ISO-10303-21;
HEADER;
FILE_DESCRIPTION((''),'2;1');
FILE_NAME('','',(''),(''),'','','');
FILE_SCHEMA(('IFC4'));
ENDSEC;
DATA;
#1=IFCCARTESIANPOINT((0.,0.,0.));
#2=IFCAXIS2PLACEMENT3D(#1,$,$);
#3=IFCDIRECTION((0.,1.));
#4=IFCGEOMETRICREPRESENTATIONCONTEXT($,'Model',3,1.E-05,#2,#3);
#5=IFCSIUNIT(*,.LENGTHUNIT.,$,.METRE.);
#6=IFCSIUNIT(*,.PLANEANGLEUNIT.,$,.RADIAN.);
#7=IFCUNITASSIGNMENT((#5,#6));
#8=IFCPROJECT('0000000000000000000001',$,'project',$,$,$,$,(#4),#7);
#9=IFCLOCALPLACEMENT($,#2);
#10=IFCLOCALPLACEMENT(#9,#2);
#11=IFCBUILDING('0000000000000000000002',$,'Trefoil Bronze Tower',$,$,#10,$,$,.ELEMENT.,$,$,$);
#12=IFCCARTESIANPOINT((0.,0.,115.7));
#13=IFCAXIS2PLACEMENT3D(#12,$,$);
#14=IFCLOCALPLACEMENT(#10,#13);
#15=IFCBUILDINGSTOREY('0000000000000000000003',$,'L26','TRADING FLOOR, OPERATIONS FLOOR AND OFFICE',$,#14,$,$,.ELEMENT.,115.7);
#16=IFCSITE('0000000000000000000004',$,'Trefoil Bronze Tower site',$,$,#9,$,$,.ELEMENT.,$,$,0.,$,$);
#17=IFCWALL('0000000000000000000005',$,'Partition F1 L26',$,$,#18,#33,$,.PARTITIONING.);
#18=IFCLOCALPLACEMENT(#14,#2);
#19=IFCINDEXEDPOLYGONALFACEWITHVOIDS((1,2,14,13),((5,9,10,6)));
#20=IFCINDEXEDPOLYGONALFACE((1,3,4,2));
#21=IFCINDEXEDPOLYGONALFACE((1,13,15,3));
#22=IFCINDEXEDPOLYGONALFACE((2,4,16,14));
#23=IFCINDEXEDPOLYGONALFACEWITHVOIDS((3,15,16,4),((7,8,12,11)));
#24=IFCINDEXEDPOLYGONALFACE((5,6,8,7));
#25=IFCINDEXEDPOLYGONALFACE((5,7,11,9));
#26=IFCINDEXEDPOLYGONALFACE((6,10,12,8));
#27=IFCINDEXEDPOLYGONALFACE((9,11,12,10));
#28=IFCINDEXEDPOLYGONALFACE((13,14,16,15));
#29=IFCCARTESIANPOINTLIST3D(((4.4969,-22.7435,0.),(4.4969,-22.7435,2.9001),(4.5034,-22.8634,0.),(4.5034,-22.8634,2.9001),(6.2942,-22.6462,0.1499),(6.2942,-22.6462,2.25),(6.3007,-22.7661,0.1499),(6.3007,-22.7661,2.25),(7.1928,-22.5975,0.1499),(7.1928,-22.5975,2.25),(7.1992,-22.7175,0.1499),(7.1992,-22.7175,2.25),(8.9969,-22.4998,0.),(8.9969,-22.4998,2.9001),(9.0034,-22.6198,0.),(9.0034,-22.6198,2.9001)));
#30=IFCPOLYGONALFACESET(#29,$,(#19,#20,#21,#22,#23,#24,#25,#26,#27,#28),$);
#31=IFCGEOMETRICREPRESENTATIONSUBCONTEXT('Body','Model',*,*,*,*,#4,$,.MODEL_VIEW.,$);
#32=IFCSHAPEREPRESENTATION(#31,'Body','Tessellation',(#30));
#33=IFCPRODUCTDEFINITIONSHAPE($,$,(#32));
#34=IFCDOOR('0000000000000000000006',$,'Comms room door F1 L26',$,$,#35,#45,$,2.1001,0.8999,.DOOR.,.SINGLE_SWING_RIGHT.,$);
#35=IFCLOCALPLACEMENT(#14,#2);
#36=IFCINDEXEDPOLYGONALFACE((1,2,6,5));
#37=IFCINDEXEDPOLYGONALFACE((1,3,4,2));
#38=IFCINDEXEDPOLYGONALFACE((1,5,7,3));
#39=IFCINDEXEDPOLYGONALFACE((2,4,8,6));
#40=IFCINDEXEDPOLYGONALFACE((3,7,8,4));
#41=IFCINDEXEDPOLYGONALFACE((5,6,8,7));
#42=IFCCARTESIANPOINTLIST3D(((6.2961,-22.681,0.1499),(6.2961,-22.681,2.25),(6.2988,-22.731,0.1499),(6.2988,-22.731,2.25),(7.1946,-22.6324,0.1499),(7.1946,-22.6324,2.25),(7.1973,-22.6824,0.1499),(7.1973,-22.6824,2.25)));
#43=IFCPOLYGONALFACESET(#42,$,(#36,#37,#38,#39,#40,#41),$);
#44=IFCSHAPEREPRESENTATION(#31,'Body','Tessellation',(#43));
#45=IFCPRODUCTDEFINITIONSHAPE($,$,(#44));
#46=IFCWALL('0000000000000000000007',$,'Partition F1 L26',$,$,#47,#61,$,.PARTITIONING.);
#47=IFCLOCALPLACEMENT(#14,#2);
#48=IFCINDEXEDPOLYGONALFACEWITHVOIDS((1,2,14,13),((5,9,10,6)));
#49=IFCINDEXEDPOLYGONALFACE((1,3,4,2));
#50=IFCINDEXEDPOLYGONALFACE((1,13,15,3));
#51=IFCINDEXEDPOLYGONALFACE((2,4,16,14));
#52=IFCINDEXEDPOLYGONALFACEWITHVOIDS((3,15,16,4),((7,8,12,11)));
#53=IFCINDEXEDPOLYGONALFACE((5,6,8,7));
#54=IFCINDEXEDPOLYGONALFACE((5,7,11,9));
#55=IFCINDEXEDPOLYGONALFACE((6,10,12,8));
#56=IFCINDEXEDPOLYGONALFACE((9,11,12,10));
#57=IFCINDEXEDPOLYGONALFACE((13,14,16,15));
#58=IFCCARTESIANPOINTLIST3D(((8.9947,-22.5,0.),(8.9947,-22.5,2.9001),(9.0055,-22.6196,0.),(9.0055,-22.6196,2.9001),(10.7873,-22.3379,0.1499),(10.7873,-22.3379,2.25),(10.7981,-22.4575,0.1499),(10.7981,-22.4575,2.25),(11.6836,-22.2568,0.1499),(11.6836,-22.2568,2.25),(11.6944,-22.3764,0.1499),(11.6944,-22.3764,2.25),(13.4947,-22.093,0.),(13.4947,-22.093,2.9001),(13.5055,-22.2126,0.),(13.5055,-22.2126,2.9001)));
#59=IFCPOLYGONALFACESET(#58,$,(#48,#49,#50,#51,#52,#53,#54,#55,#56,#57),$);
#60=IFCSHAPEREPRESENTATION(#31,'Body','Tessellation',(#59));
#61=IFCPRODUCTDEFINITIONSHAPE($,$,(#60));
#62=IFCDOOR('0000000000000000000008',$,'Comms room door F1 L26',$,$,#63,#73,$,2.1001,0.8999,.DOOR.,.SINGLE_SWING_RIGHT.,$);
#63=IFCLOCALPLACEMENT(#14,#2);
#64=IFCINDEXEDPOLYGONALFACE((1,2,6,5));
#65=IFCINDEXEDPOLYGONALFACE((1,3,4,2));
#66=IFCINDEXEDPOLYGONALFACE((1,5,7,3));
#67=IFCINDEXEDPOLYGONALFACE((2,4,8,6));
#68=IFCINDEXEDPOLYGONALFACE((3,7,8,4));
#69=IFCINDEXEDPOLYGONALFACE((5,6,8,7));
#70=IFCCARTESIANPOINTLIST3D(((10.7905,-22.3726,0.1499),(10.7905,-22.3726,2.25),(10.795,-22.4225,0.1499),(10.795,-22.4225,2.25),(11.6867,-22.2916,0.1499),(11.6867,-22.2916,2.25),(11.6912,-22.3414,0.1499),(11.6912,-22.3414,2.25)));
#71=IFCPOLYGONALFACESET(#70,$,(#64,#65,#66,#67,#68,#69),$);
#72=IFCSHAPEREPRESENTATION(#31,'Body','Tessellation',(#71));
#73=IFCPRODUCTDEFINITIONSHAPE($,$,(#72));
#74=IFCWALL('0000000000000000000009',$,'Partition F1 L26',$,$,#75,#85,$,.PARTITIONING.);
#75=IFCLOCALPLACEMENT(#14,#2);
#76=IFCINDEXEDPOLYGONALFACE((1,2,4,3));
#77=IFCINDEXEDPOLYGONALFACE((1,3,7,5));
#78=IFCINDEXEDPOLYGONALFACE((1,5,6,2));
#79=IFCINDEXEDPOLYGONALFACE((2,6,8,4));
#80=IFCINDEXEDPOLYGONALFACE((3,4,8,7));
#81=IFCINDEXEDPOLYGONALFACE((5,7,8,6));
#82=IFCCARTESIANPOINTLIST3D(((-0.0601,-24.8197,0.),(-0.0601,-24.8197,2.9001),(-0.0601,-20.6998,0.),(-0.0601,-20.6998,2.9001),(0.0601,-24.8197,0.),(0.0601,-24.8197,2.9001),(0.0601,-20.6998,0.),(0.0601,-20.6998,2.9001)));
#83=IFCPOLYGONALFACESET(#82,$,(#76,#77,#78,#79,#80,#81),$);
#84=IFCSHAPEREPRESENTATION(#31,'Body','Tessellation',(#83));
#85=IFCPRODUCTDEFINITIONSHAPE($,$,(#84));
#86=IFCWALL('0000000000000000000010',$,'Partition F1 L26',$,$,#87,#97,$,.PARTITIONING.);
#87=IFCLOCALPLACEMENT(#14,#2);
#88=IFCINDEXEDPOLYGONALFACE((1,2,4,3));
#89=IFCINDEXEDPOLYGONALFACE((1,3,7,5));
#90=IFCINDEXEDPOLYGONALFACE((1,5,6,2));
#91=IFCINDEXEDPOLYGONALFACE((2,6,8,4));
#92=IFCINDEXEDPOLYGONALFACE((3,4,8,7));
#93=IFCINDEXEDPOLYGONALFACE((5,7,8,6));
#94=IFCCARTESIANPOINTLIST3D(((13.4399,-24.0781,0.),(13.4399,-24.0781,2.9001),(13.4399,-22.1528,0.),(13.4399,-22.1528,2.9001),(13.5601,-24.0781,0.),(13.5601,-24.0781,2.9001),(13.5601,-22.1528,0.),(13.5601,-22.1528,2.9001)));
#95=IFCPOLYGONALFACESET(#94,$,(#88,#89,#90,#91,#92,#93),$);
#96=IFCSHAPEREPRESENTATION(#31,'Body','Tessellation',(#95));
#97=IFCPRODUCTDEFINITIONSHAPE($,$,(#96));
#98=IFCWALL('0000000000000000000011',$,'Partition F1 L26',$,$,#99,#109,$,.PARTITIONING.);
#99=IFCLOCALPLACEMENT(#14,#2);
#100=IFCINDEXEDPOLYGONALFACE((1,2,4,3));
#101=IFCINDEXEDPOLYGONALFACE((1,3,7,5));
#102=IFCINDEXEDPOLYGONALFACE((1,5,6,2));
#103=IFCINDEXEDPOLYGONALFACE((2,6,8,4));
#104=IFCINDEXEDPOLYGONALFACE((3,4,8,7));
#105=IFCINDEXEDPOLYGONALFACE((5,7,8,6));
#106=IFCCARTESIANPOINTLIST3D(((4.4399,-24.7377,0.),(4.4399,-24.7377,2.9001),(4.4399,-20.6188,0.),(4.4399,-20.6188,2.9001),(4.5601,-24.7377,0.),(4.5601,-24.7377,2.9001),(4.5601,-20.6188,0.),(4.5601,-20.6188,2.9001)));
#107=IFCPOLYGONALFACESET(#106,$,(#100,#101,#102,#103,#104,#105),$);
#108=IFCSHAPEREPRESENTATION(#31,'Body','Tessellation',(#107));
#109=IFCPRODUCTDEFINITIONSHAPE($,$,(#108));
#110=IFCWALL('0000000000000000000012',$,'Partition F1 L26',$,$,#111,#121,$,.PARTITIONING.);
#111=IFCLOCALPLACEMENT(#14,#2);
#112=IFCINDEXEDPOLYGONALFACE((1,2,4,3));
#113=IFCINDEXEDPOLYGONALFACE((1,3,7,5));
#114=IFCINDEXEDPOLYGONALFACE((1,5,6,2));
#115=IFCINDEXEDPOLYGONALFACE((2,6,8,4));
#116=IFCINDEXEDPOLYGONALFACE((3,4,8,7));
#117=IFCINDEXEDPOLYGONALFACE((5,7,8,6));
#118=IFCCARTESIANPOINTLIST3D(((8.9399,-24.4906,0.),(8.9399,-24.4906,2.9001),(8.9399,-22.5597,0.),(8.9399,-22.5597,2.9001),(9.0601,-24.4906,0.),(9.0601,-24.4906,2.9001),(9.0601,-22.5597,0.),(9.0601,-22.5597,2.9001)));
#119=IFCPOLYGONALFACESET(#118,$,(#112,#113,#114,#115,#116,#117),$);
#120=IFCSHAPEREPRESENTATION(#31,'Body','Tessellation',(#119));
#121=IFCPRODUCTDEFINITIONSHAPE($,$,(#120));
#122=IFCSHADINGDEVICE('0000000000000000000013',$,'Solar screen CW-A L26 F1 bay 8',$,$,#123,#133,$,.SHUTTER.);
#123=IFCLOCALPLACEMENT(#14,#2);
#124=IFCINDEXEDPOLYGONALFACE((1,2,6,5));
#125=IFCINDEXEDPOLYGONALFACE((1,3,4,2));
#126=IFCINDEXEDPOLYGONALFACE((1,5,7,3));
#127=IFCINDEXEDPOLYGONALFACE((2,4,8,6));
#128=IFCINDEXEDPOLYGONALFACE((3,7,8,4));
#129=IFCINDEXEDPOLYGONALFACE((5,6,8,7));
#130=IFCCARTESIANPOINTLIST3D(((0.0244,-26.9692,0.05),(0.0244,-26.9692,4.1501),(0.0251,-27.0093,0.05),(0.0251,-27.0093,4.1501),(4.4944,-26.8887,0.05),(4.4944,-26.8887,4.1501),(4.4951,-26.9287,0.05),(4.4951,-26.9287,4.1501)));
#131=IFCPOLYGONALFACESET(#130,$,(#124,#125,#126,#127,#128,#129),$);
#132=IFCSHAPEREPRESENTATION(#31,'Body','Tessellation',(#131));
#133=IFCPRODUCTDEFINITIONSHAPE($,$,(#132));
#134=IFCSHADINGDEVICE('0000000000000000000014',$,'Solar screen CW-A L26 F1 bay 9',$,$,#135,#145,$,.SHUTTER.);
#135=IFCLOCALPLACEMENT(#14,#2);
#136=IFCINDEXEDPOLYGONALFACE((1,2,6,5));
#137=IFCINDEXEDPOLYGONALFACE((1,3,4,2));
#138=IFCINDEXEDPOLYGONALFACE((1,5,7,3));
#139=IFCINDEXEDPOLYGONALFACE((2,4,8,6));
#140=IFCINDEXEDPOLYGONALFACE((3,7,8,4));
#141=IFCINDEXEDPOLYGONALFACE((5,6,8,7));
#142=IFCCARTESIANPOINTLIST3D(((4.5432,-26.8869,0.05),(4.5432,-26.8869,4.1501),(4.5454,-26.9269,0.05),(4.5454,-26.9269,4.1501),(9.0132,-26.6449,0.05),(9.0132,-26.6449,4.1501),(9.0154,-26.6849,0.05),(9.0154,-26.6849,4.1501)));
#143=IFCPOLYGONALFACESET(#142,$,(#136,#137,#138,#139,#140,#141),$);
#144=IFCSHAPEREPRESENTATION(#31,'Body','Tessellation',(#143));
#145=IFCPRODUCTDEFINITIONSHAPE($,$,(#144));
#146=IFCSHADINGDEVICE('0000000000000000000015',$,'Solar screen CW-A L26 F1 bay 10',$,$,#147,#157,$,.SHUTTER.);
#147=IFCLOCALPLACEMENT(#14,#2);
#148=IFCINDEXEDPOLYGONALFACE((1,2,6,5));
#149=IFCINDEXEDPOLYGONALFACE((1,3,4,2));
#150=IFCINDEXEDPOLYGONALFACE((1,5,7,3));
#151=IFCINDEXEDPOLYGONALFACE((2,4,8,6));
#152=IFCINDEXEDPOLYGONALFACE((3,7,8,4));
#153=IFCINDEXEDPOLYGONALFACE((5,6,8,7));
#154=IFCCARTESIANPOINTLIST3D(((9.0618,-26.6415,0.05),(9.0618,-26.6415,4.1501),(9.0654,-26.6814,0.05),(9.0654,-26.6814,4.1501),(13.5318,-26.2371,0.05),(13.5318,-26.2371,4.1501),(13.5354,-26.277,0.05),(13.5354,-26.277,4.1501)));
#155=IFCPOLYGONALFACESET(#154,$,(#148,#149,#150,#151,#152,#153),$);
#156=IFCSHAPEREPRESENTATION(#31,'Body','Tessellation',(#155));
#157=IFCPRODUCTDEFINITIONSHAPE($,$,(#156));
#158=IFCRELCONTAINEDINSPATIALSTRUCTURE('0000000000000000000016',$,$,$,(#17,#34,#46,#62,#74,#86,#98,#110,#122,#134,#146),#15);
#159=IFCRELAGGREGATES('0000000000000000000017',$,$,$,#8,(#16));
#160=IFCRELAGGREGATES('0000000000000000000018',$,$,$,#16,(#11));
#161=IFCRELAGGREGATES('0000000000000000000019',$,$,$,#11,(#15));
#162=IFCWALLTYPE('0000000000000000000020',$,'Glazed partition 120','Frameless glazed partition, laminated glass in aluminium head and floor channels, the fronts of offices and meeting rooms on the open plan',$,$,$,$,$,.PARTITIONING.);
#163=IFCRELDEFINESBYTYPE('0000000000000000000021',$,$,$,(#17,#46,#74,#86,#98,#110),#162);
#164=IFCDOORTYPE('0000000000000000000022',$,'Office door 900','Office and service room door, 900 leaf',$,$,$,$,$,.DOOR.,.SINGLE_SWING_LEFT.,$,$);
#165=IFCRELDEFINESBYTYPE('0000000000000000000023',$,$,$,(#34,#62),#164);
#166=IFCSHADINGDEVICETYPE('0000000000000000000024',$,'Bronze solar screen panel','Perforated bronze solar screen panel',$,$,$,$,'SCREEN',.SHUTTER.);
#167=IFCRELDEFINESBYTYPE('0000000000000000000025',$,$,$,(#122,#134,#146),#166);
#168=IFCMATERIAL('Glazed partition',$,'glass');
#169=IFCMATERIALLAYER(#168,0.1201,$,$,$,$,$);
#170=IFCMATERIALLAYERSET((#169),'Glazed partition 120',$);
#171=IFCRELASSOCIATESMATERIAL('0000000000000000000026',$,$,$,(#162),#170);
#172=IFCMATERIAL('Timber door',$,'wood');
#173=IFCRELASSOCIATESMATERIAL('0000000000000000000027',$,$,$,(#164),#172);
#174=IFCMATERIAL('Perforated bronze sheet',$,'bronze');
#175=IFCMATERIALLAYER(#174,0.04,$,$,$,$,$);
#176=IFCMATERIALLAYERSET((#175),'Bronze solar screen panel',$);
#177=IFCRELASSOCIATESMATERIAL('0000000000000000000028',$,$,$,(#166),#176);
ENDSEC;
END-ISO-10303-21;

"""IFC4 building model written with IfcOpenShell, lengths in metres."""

from ifc_helpers import new_model, si_unit, direction, frame, frame_2d, origin, origin_2d, place, context, subcontext, project, spatial, rectangle, extrude, material, layer, layer_set, type_object, element, fill, save


model = new_model("IFC4")

# Units and contexts
model_context = context("Model", 3, precision=1e-05, world=origin(), true_north=direction((0.0, 1.0)))
body_context = subcontext(model_context, "Body", "Model", "MODEL_VIEW")
ifc_project = project(units=[si_unit("LENGTHUNIT", "METRE"), si_unit("PLANEANGLEUNIT", "RADIAN")], contexts=[model_context])

# Site, building, storey
site_placement = place(None, origin())
site = spatial("IfcSite", under=ifc_project, at=site_placement, Name="Trefoil Bronze Tower site", CompositionType="ELEMENT", RefElevation=0.0)
building_placement = place(site_placement, origin())
building = spatial("IfcBuilding", under=site, at=building_placement, Name="Trefoil Bronze Tower", CompositionType="ELEMENT")
storey_placement = place(building_placement, frame((0.0, 0.0, 115.7)))
storey = spatial("IfcBuildingStorey", under=building, at=storey_placement, Name="L26", Description="TRADING FLOOR, OPERATIONS FLOOR AND OFFICE", CompositionType="ELEMENT", Elevation=115.7)

# Walls, openings, doors
ifc_material_1 = material(Name="Glazed partition", Category="glass")
ifc_layer_1 = layer(ifc_material_1, 0.1201)
ifc_layer_set_1 = layer_set([ifc_layer_1], Name="Glazed partition 120")
wall_type = type_object("IfcWallType", Name="Glazed partition 120", Description="Frameless glazed partition, laminated glass in aluminium head and floor channels, the fronts of offices and meeting rooms on the open plan", PredefinedType="PARTITIONING", material=ifc_layer_set_1)
wall_1_placement = place(storey_placement, frame((4.5, -22.8035, 0.0), z_axis=(0.0, 0.0, 1.0), x_axis=(0.998537, 0.054066, 0.0)))
wall_1 = element("IfcWall", 1, at=wall_1_placement, inside=storey, type_object=wall_type, Name="Partition F1 L26", PredefinedType="PARTITIONING", context=body_context, shape_type="SweptSolid", body=[
    extrude(rectangle(XDim=4.5066, YDim=0.1201, at=frame_2d((2.2534, 0.0))), origin(), (0.0, 0.0, 1.0), 2.9001),
])
opening_1_placement = place(wall_1_placement, frame((1.8, 0.0, 0.1499)))
opening_1 = element("IfcOpeningElement", 2, at=opening_1_placement, cuts=wall_1, PredefinedType="OPENING", context=body_context, shape_type="SweptSolid", body=[
    extrude(rectangle(XDim=0.8999, YDim=2.1001, at=frame_2d((0.45, 1.05))), frame((0.0, 0.0701, 0.0), z_axis=(0.0, -1.0, 0.0), x_axis=(1.0, 0.0, 0.0)), (0.0, 0.0, 1.0), 0.1401),
])
ifc_material_2 = material(Name="Timber door", Category="wood")
door_type_1 = type_object("IfcDoorType", Name="Office door 900", Description="Office and service room door, 900 leaf", OperationType="SINGLE_SWING_LEFT", PredefinedType="DOOR", material=ifc_material_2)
door_1_placement = place(opening_1_placement, frame((0.8999, 0.0, 0.0), z_axis=(0.0, 0.0, 1.0), x_axis=(-1.0, 0.0, 0.0)))
door_1 = element("IfcDoor", 3, at=door_1_placement, inside=storey, type_object=door_type_1, Name="Comms room door F1 L26", OperationType="SINGLE_SWING_RIGHT", OverallHeight=2.1001, OverallWidth=0.8999, PredefinedType="DOOR", context=body_context, shape_type="SweptSolid", body=[
    extrude(rectangle(XDim=0.8999, YDim=2.1001, at=frame_2d((0.45, 1.05))), frame((0.0, 0.0249, 0.0), z_axis=(0.0, -1.0, 0.0), x_axis=(1.0, 0.0, 0.0)), (0.0, 0.0, 1.0), 0.05),
])
fill(opening_1, door_1)
wall_2_placement = place(storey_placement, frame((9.0, -22.5598, 0.0), z_axis=(0.0, 0.0, 1.0), x_axis=(0.995935, 0.090073, 0.0)))
wall_2 = element("IfcWall", 4, at=wall_2_placement, inside=storey, type_object=wall_type, Name="Partition F1 L26", PredefinedType="PARTITIONING", context=body_context, shape_type="SweptSolid", body=[
    extrude(rectangle(XDim=4.5183, YDim=0.1201, at=frame_2d((2.2593, 0.0))), origin(), (0.0, 0.0, 1.0), 2.9001),
])
opening_2_placement = place(wall_2_placement, frame((1.8, 0.0, 0.1499)))
opening_2 = element("IfcOpeningElement", 5, at=opening_2_placement, cuts=wall_2, PredefinedType="OPENING", context=body_context, shape_type="SweptSolid", body=[
    extrude(rectangle(XDim=0.8999, YDim=2.1001, at=frame_2d((0.45, 1.05))), frame((0.0, 0.0701, 0.0), z_axis=(0.0, -1.0, 0.0), x_axis=(1.0, 0.0, 0.0)), (0.0, 0.0, 1.0), 0.1401),
])
door_2_placement = place(opening_2_placement, frame((0.8999, 0.0, 0.0), z_axis=(0.0, 0.0, 1.0), x_axis=(-1.0, 0.0, 0.0)))
door_2 = element("IfcDoor", 6, at=door_2_placement, inside=storey, type_object=door_type_1, Name="Comms room door F1 L26", OperationType="SINGLE_SWING_RIGHT", OverallHeight=2.1001, OverallWidth=0.8999, PredefinedType="DOOR", context=body_context, shape_type="SweptSolid", body=[
    extrude(rectangle(XDim=0.8999, YDim=2.1001, at=frame_2d((0.45, 1.05))), frame((0.0, 0.0249, 0.0), z_axis=(0.0, -1.0, 0.0), x_axis=(1.0, 0.0, 0.0)), (0.0, 0.0, 1.0), 0.05),
])
fill(opening_2, door_2)

# Walls
wall_3_placement = place(storey_placement, frame((0.0, -20.6997, 0.0), z_axis=(0.0, 0.0, 1.0), x_axis=(0.0, -1.0, 0.0)))
element("IfcWall", 7, at=wall_3_placement, inside=storey, type_object=wall_type, Name="Partition F1 L26", PredefinedType="PARTITIONING", context=body_context, shape_type="SweptSolid", body=[
    extrude(rectangle(XDim=4.1199, YDim=0.1201, at=frame_2d((2.0601, 0.0))), origin(), (0.0, 0.0, 1.0), 2.9001),
])
wall_4_placement = place(storey_placement, frame((13.5, -22.1528, 0.0), z_axis=(0.0, 0.0, 1.0), x_axis=(0.0, -1.0, 0.0)))
element("IfcWall", 8, at=wall_4_placement, inside=storey, type_object=wall_type, Name="Partition F1 L26", PredefinedType="PARTITIONING", context=body_context, shape_type="SweptSolid", body=[
    extrude(rectangle(XDim=1.9253, YDim=0.1201, at=frame_2d((0.9626, 0.0))), origin(), (0.0, 0.0, 1.0), 2.9001),
])
wall_5_placement = place(storey_placement, frame((4.5, -20.6187, 0.0), z_axis=(0.0, 0.0, 1.0), x_axis=(0.0, -1.0, 0.0)))
element("IfcWall", 9, at=wall_5_placement, inside=storey, type_object=wall_type, Name="Partition F1 L26", PredefinedType="PARTITIONING", context=body_context, shape_type="SweptSolid", body=[
    extrude(rectangle(XDim=4.1189, YDim=0.1201, at=frame_2d((2.0596, 0.0))), origin(), (0.0, 0.0, 1.0), 2.9001),
])
wall_6_placement = place(storey_placement, frame((9.0, -22.5598, 0.0), z_axis=(0.0, 0.0, 1.0), x_axis=(0.0, -1.0, 0.0)))
element("IfcWall", 10, at=wall_6_placement, inside=storey, type_object=wall_type, Name="Partition F1 L26", PredefinedType="PARTITIONING", context=body_context, shape_type="SweptSolid", body=[
    extrude(rectangle(XDim=1.9309, YDim=0.1201, at=frame_2d((0.9653, 0.0))), origin(), (0.0, 0.0, 1.0), 2.9001),
])

# Shading devices
ifc_material_3 = material(Name="Perforated bronze sheet", Category="bronze")
ifc_layer_2 = layer(ifc_material_3, 0.04)
ifc_layer_set_2 = layer_set([ifc_layer_2], Name="Bronze solar screen panel")
shading_device_type = type_object("IfcShadingDeviceType", Name="Bronze solar screen panel", Description="Perforated bronze solar screen panel", ElementType="SCREEN", PredefinedType="SHUTTER", material=ifc_layer_set_2)
shading_device_1_placement = place(storey_placement, frame((2.2598, -26.949, 0.05), z_axis=(0.0, 0.0, 1.0), x_axis=(0.999838, 0.018021, 0.0)))
element("IfcShadingDevice", 11, at=shading_device_1_placement, inside=storey, type_object=shading_device_type, Name="Solar screen CW-A L26 F1 bay 8", PredefinedType="SHUTTER", context=body_context, shape_type="SweptSolid", body=[
    extrude(rectangle(XDim=4.4707, YDim=0.04, at=origin_2d()), origin(), (0.0, 0.0, 1.0), 4.1001),
])
shading_device_2_placement = place(storey_placement, frame((6.7793, -26.7859, 0.05), z_axis=(0.0, 0.0, 1.0), x_axis=(0.998538, 0.054063, 0.0)))
element("IfcShadingDevice", 12, at=shading_device_2_placement, inside=storey, type_object=shading_device_type, Name="Solar screen CW-A L26 F1 bay 9", PredefinedType="SHUTTER", context=body_context, shape_type="SweptSolid", body=[
    extrude(rectangle(XDim=4.4766, YDim=0.04, at=origin_2d()), origin(), (0.0, 0.0, 1.0), 4.1001),
])
shading_device_3_placement = place(storey_placement, frame((11.2986, -26.4592, 0.05), z_axis=(0.0, 0.0, 1.0), x_axis=(0.995932, 0.090105, 0.0)))
element("IfcShadingDevice", 13, at=shading_device_3_placement, inside=storey, type_object=shading_device_type, Name="Solar screen CW-A L26 F1 bay 10", PredefinedType="SHUTTER", context=body_context, shape_type="SweptSolid", body=[
    extrude(rectangle(XDim=4.4883, YDim=0.04, at=origin_2d()), origin(), (0.0, 0.0, 1.0), 4.1001),
])

save(model, "model.ifc")
